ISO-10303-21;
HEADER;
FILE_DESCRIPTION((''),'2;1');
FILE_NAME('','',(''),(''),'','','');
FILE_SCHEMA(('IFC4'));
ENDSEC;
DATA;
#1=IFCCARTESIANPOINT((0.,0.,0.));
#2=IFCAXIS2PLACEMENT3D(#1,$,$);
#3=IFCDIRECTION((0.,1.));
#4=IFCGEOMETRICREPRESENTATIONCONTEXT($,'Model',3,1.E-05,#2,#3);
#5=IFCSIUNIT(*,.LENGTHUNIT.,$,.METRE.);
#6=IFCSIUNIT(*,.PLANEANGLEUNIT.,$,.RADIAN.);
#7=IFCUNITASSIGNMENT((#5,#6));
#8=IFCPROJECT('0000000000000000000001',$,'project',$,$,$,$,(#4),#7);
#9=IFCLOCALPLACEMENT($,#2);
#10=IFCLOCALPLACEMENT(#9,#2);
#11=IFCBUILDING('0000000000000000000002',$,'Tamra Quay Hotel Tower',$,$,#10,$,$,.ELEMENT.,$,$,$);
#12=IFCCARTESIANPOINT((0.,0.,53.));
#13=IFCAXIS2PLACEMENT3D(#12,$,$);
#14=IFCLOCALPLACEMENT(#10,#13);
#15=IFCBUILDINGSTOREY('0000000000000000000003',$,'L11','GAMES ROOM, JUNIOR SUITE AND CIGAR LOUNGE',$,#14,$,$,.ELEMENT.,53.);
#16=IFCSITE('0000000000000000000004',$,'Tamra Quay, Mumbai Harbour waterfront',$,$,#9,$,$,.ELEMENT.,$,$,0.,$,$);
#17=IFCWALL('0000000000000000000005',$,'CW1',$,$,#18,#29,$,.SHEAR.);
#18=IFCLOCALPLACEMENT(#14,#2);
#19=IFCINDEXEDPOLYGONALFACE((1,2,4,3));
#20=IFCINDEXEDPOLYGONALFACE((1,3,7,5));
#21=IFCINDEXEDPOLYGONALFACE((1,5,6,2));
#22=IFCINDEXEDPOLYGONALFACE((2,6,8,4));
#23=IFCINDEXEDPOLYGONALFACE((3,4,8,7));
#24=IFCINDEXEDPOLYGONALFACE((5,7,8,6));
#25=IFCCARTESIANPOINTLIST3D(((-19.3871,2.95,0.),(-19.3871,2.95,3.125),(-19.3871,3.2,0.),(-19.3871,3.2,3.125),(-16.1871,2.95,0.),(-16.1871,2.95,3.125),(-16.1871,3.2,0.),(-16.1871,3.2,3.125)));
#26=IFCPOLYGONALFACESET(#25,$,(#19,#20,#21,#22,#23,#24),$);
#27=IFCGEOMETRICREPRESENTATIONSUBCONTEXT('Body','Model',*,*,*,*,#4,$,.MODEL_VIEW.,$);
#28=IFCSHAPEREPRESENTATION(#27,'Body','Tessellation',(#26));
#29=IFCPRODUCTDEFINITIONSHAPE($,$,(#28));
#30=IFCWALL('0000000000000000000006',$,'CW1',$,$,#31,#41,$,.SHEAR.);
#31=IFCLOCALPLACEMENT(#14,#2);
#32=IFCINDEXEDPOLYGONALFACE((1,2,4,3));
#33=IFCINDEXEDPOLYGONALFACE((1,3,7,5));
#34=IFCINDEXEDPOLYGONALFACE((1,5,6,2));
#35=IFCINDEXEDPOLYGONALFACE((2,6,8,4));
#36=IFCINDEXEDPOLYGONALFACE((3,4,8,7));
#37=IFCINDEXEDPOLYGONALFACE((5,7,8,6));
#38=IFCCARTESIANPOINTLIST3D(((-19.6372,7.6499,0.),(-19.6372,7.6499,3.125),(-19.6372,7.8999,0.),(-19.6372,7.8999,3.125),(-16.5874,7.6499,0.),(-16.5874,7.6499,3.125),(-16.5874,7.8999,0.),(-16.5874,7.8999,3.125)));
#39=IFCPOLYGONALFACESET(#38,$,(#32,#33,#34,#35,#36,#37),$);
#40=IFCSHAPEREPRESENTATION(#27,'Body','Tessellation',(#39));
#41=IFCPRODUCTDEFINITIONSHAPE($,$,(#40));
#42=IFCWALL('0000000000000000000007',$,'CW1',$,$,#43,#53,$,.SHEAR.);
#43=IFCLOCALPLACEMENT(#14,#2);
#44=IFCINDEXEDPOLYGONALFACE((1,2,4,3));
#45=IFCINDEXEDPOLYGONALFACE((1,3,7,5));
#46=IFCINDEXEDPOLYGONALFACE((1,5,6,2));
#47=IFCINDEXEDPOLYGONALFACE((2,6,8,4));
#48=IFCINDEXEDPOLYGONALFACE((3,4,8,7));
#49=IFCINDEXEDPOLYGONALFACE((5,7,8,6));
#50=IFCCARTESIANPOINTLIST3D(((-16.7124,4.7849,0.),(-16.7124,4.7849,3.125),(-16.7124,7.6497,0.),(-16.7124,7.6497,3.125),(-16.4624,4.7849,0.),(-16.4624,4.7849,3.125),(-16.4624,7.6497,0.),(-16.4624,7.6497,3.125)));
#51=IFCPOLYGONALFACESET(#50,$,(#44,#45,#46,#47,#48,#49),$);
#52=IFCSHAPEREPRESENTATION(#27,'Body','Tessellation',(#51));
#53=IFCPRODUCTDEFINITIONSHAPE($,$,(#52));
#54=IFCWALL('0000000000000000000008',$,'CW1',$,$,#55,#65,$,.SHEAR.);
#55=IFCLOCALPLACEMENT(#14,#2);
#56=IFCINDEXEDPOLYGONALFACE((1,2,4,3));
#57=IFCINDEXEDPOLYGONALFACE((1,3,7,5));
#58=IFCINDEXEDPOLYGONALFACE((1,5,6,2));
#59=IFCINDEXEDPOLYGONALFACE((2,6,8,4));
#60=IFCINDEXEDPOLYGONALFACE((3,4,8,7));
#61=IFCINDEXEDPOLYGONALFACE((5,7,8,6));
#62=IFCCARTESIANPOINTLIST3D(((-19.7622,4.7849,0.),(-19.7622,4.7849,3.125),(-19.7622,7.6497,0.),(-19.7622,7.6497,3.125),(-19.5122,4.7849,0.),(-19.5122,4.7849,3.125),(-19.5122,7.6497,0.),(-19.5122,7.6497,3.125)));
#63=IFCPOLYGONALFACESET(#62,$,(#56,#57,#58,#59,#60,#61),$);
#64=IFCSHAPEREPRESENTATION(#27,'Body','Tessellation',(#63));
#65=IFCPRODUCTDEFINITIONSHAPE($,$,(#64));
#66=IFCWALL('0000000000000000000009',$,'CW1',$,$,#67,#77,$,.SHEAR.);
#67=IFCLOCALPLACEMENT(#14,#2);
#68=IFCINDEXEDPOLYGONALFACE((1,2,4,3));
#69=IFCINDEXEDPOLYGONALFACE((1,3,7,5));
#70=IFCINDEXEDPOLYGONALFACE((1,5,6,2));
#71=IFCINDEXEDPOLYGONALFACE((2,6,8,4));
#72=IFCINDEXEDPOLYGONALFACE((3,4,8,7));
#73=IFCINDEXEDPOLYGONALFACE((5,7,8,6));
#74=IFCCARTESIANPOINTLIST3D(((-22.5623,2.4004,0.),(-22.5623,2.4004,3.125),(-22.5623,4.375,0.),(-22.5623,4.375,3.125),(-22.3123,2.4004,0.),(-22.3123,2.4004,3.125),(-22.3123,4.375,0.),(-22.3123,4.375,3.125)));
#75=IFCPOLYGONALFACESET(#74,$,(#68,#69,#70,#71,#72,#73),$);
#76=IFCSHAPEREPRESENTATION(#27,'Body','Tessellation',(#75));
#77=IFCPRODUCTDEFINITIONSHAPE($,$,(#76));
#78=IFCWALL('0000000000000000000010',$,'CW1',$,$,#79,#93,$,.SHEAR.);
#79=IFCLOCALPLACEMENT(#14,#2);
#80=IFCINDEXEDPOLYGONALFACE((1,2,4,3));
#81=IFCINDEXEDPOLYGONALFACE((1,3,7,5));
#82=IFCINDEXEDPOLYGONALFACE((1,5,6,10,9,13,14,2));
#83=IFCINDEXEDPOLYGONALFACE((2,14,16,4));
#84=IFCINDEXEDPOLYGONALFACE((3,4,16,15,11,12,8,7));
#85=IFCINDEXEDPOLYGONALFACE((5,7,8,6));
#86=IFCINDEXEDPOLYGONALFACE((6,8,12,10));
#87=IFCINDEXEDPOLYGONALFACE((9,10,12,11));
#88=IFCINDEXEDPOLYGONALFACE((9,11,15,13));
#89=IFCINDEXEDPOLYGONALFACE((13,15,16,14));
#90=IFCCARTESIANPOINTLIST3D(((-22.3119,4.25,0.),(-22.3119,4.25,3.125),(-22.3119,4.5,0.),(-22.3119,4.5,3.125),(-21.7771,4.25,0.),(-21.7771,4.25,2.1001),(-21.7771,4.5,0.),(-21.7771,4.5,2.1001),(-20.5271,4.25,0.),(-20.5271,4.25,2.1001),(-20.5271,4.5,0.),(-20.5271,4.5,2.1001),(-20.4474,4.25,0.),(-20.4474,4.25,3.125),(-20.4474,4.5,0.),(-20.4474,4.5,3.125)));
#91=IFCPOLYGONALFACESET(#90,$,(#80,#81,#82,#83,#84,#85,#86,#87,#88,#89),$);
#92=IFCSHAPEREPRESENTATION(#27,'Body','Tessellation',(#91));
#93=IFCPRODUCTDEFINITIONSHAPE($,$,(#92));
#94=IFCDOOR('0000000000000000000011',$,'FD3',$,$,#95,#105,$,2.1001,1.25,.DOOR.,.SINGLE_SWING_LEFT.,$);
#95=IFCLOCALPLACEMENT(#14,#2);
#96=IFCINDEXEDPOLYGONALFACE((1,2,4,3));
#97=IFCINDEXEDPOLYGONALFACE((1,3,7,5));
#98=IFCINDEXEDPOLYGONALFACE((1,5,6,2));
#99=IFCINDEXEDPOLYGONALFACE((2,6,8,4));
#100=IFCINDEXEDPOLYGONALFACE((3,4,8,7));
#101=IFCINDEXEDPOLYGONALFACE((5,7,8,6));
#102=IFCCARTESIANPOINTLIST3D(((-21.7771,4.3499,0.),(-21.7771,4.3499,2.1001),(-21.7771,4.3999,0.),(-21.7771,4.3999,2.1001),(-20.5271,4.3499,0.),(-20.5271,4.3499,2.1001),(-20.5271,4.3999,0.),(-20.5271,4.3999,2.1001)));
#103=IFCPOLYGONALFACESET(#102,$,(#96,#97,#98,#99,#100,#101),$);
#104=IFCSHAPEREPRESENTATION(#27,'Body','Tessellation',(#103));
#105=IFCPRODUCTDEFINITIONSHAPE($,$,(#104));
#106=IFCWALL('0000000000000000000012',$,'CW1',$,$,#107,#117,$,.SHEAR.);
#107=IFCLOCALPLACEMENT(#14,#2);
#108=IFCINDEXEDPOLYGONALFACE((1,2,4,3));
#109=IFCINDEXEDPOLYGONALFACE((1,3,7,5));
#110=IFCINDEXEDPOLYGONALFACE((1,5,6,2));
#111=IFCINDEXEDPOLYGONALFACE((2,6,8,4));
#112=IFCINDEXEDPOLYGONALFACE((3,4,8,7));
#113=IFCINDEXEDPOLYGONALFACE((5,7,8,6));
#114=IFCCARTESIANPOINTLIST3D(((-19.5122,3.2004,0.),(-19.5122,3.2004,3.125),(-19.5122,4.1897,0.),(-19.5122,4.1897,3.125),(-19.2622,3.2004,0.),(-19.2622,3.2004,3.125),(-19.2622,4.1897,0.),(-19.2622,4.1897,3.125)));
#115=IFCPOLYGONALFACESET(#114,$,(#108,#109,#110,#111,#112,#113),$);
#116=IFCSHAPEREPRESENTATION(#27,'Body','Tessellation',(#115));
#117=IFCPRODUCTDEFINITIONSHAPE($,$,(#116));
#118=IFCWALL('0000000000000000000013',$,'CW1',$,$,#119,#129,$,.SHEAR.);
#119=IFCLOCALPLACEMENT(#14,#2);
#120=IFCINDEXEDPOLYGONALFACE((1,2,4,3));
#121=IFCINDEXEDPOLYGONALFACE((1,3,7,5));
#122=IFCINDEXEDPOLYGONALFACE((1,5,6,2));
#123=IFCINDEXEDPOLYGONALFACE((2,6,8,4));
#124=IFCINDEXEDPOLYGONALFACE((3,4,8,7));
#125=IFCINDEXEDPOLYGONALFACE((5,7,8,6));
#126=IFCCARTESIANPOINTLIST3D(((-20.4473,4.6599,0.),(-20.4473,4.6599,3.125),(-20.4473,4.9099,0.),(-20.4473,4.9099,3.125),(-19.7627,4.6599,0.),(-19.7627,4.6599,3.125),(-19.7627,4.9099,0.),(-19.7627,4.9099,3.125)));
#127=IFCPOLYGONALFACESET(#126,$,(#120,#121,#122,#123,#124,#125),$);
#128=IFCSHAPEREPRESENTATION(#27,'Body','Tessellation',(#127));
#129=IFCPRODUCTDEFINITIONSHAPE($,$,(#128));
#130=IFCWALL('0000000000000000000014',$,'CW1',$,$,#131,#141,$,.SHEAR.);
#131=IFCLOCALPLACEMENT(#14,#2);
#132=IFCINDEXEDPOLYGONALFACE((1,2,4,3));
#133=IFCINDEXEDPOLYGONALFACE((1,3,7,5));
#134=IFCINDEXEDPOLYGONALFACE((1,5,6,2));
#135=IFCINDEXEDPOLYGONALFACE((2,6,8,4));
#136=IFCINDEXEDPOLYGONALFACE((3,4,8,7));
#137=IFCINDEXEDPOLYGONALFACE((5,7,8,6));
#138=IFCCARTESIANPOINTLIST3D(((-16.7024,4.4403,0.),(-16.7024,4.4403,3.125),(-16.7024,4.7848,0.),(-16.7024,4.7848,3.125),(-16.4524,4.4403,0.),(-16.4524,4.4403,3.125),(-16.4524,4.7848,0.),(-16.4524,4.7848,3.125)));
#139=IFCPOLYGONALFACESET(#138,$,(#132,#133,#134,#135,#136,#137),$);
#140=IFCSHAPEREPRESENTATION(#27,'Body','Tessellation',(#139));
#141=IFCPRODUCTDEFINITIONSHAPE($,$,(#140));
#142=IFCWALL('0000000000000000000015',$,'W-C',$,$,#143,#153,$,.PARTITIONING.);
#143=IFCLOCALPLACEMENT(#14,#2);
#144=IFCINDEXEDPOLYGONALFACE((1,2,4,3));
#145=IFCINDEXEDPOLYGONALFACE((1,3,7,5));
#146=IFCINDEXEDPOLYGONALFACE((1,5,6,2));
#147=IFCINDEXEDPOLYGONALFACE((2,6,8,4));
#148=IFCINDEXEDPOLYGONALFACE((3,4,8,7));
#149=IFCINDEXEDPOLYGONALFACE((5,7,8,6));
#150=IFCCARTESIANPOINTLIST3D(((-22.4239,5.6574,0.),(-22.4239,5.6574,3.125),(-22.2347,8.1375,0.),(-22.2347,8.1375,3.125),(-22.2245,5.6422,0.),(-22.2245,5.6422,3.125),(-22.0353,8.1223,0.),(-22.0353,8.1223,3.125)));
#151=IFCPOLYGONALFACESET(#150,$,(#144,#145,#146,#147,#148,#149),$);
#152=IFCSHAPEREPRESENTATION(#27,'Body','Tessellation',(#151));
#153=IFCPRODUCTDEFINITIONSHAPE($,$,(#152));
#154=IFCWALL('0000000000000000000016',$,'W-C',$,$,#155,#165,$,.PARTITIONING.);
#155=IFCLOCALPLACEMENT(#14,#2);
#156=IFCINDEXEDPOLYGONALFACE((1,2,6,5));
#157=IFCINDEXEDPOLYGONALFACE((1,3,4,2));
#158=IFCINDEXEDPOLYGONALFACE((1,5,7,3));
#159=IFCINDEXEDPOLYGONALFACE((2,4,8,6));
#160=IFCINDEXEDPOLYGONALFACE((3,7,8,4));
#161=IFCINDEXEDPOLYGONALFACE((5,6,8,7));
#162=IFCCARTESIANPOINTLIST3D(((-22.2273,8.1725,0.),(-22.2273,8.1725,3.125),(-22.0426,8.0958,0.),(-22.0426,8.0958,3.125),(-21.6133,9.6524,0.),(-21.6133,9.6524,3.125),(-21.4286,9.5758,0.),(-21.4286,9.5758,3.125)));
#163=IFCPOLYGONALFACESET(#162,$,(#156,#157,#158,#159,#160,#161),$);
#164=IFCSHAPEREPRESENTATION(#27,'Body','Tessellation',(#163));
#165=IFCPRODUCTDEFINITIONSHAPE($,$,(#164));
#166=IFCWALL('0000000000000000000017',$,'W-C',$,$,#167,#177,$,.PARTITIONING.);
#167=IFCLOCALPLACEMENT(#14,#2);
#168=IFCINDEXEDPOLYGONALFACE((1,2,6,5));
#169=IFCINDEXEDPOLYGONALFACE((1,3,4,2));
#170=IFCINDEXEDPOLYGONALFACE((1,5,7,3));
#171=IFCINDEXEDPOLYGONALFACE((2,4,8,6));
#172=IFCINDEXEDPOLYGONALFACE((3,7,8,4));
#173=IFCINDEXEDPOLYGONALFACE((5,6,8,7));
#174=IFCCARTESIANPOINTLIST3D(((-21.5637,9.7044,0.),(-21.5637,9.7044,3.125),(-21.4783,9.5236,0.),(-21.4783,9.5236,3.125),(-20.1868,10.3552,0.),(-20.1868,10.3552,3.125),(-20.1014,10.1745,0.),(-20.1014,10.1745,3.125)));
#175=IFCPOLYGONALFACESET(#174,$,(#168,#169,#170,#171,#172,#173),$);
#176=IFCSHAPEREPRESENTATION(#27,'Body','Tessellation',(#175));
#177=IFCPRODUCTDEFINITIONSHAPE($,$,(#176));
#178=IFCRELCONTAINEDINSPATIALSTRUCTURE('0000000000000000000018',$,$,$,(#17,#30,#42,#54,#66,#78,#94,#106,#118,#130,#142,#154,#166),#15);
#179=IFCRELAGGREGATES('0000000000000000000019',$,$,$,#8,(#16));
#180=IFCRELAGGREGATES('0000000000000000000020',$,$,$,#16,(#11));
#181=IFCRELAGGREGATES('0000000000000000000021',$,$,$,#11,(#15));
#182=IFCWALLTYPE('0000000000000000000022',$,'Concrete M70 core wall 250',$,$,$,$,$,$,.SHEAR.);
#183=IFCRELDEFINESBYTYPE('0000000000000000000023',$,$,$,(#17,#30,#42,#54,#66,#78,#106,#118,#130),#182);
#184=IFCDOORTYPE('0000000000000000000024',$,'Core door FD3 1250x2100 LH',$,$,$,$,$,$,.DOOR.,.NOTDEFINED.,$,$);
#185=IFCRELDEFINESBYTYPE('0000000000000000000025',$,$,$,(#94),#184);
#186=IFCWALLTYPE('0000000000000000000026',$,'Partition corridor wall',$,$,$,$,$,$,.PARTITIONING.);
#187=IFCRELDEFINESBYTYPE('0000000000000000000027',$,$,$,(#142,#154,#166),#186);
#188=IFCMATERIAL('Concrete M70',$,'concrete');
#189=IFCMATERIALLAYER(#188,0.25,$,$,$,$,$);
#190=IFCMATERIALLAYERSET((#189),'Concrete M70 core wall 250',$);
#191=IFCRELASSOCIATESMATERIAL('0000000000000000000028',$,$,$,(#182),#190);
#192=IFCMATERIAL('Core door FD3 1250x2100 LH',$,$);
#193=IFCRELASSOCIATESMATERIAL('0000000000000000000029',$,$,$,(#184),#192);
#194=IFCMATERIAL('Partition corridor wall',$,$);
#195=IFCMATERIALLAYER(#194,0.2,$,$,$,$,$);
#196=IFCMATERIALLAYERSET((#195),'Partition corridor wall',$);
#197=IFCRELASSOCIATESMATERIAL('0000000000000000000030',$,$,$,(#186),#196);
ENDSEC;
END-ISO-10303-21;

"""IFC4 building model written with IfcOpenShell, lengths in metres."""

from ifc_helpers import new_model, si_unit, direction, frame, frame_2d, origin, place, context, subcontext, project, spatial, rectangle, extrude, material, layer, layer_set, type_object, element, fill, save


model = new_model("IFC4")

# Units and contexts
model_context = context("Model", 3, precision=1e-05, world=origin(), true_north=direction((0.0, 1.0)))
body_context = subcontext(model_context, "Body", "Model", "MODEL_VIEW")
ifc_project = project(units=[si_unit("LENGTHUNIT", "METRE"), si_unit("PLANEANGLEUNIT", "RADIAN")], contexts=[model_context])

# Site, building, storey
site_placement = place(None, origin())
site = spatial("IfcSite", under=ifc_project, at=site_placement, Name="Tamra Quay, Mumbai Harbour waterfront", CompositionType="ELEMENT", RefElevation=0.0)
building_placement = place(site_placement, origin())
building = spatial("IfcBuilding", under=site, at=building_placement, Name="Tamra Quay Hotel Tower", CompositionType="ELEMENT")
storey_placement = place(building_placement, frame((0.0, 0.0, 53.0)))
storey = spatial("IfcBuildingStorey", under=building, at=storey_placement, Name="L11", Description="GAMES ROOM, JUNIOR SUITE AND CIGAR LOUNGE", CompositionType="ELEMENT", Elevation=53.0)

# Shared definitions
ifc_material_1 = material(Name="Concrete M70", Category="concrete")

# Walls
ifc_layer_1 = layer(ifc_material_1, 0.25)
ifc_layer_set_1 = layer_set([ifc_layer_1], Name="Concrete M70 core wall 250")
wall_type_1 = type_object("IfcWallType", Name="Concrete M70 core wall 250", PredefinedType="SHEAR", material=ifc_layer_set_1)
wall_1_placement = place(storey_placement, frame((-19.3872, 3.075, 0.0), z_axis=(0.0, 0.0, 1.0), x_axis=(1.0, 0.0, 0.0)))
element("IfcWall", 1, at=wall_1_placement, inside=storey, type_object=wall_type_1, Name="CW1", PredefinedType="SHEAR", context=body_context, shape_type="SweptSolid", body=[
    extrude(rectangle(XDim=3.2, YDim=0.25, at=frame_2d((1.6001, 0.0))), origin(), (0.0, 0.0, 1.0), 3.125),
])
wall_2_placement = place(storey_placement, frame((-19.6372, 7.7749, 0.0), z_axis=(0.0, 0.0, 1.0), x_axis=(1.0, 0.0, 0.0)))
element("IfcWall", 2, at=wall_2_placement, inside=storey, type_object=wall_type_1, Name="CW1", PredefinedType="SHEAR", context=body_context, shape_type="SweptSolid", body=[
    extrude(rectangle(XDim=3.0498, YDim=0.25, at=frame_2d((1.5249, 0.0))), origin(), (0.0, 0.0, 1.0), 3.125),
])
for number, where, z_axis, x_axis, name in (
    (3, (-16.5874, 7.6497, 0.0), (0.0, 0.0, 1.0), (0.0, -1.0, 0.0), "CW1"),
    (4, (-19.6372, 4.7849, 0.0), (0.0, 0.0, 1.0), (0.0, 1.0, 0.0), "CW1"),
):
    element("IfcWall", number, at=place(storey_placement, frame(where, z_axis=z_axis, x_axis=x_axis)), inside=storey, type_object=wall_type_1, Name=name, PredefinedType="SHEAR", context=body_context, shape_type="SweptSolid", body=[
        extrude(rectangle(XDim=2.8647, YDim=0.25, at=frame_2d((1.4324, 0.0))), origin(), (0.0, 0.0, 1.0), 3.125),
    ])
wall_3_placement = place(storey_placement, frame((-22.4373, 2.4004, 0.0), z_axis=(0.0, 0.0, 1.0), x_axis=(0.0, 1.0, 0.0)))
element("IfcWall", 5, at=wall_3_placement, inside=storey, type_object=wall_type_1, Name="CW1", PredefinedType="SHEAR", context=body_context, shape_type="SweptSolid", body=[
    extrude(rectangle(XDim=1.9746, YDim=0.25, at=frame_2d((0.9873, 0.0))), origin(), (0.0, 0.0, 1.0), 3.125),
])

# Wall, opening, door
wall_4_placement = place(storey_placement, frame((-22.3118, 4.375, 0.0), z_axis=(0.0, 0.0, 1.0), x_axis=(1.0, 0.0, 0.0)))
wall_4 = element("IfcWall", 6, at=wall_4_placement, inside=storey, type_object=wall_type_1, Name="CW1", PredefinedType="SHEAR", context=body_context, shape_type="SweptSolid", body=[
    extrude(rectangle(XDim=1.8645, YDim=0.25, at=frame_2d((0.9321, 0.0))), origin(), (0.0, 0.0, 1.0), 3.125),
])
opening_1_placement = place(wall_4_placement, frame((0.5347, 0.0, 0.0)))
opening_1 = element("IfcOpeningElement", 7, at=opening_1_placement, cuts=wall_4, PredefinedType="OPENING", context=body_context, shape_type="SweptSolid", body=[
    extrude(rectangle(XDim=1.25, YDim=2.1001, at=frame_2d((0.625, 1.05))), frame((0.0, 0.135, 0.0), z_axis=(0.0, -1.0, 0.0), x_axis=(1.0, 0.0, 0.0)), (0.0, 0.0, 1.0), 0.27),
])
ifc_material_2 = material(Name="Core door FD3 1250x2100 LH")
door_type_1 = type_object("IfcDoorType", Name="Core door FD3 1250x2100 LH", OperationType="NOTDEFINED", PredefinedType="DOOR", material=ifc_material_2)
door_1_placement = place(opening_1_placement, origin())
door_1 = element("IfcDoor", 8, at=door_1_placement, inside=storey, type_object=door_type_1, Name="FD3", OperationType="SINGLE_SWING_LEFT", OverallHeight=2.1001, OverallWidth=1.25, PredefinedType="DOOR", context=body_context, shape_type="SweptSolid", body=[
    extrude(rectangle(XDim=1.25, YDim=2.1001, at=frame_2d((0.625, 1.05))), frame((0.0, 0.0249, 0.0), z_axis=(0.0, -1.0, 0.0), x_axis=(1.0, 0.0, 0.0)), (0.0, 0.0, 1.0), 0.05),
])
fill(opening_1, door_1)

# Walls
wall_5_placement = place(storey_placement, frame((-19.3872, 4.1897, 0.0), z_axis=(0.0, 0.0, 1.0), x_axis=(0.0, -1.0, 0.0)))
element("IfcWall", 9, at=wall_5_placement, inside=storey, type_object=wall_type_1, Name="CW1", PredefinedType="SHEAR", context=body_context, shape_type="SweptSolid", body=[
    extrude(rectangle(XDim=0.9893, YDim=0.25, at=frame_2d((0.4946, 0.0))), origin(), (0.0, 0.0, 1.0), 3.125),
])
wall_6_placement = place(storey_placement, frame((-20.4473, 4.7849, 0.0), z_axis=(0.0, 0.0, 1.0), x_axis=(1.0, 0.0, 0.0)))
element("IfcWall", 10, at=wall_6_placement, inside=storey, type_object=wall_type_1, Name="CW1", PredefinedType="SHEAR", context=body_context, shape_type="SweptSolid", body=[
    extrude(rectangle(XDim=0.6846, YDim=0.25, at=frame_2d((0.3423, 0.0))), origin(), (0.0, 0.0, 1.0), 3.125),
])
wall_7_placement = place(storey_placement, frame((-16.5774, 4.7849, 0.0), z_axis=(0.0, 0.0, 1.0), x_axis=(0.0, -1.0, 0.0)))
element("IfcWall", 11, at=wall_7_placement, inside=storey, type_object=wall_type_1, Name="CW1", PredefinedType="SHEAR", context=body_context, shape_type="SweptSolid", body=[
    extrude(rectangle(XDim=0.3445, YDim=0.25, at=frame_2d((0.1724, 0.0))), origin(), (0.0, 0.0, 1.0), 3.125),
])
ifc_material_3 = material(Name="Partition corridor wall")
ifc_layer_2 = layer(ifc_material_3, 0.2)
ifc_layer_set_2 = layer_set([ifc_layer_2], Name="Partition corridor wall")
wall_type_2 = type_object("IfcWallType", Name="Partition corridor wall", PredefinedType="PARTITIONING", material=ifc_layer_set_2)
wall_8_placement = place(storey_placement, frame((-22.135, 8.1299, 0.0), z_axis=(0.0, 0.0, 1.0), x_axis=(-0.076073, -0.997102, 0.0)))
element("IfcWall", 12, at=wall_8_placement, inside=storey, type_object=wall_type_2, Name="W-C", PredefinedType="PARTITIONING", context=body_context, shape_type="SweptSolid", body=[
    extrude(rectangle(XDim=2.4873, YDim=0.2, at=frame_2d((1.2437, 0.0))), origin(), (0.0, 0.0, 1.0), 3.125),
])
wall_9_placement = place(storey_placement, frame((-22.135, 8.134, 0.0), z_axis=(0.0, 0.0, 1.0), x_axis=(0.383208, 0.923662, 0.0)))
element("IfcWall", 13, at=wall_9_placement, inside=storey, type_object=wall_type_2, Name="W-C", PredefinedType="PARTITIONING", context=body_context, shape_type="SweptSolid", body=[
    extrude(rectangle(XDim=1.6023, YDim=0.2, at=frame_2d((0.8013, 0.0))), origin(), (0.0, 0.0, 1.0), 3.125),
])
wall_10_placement = place(storey_placement, frame((-21.521, 9.614, 0.0), z_axis=(0.0, 0.0, 1.0), x_axis=(0.904084, 0.427356, 0.0)))
element("IfcWall", 14, at=wall_10_placement, inside=storey, type_object=wall_type_2, Name="W-C", PredefinedType="PARTITIONING", context=body_context, shape_type="SweptSolid", body=[
    extrude(rectangle(XDim=1.5229, YDim=0.2, at=frame_2d((0.7615, 0.0))), origin(), (0.0, 0.0, 1.0), 3.125),
])

save(model, "model.ifc")
